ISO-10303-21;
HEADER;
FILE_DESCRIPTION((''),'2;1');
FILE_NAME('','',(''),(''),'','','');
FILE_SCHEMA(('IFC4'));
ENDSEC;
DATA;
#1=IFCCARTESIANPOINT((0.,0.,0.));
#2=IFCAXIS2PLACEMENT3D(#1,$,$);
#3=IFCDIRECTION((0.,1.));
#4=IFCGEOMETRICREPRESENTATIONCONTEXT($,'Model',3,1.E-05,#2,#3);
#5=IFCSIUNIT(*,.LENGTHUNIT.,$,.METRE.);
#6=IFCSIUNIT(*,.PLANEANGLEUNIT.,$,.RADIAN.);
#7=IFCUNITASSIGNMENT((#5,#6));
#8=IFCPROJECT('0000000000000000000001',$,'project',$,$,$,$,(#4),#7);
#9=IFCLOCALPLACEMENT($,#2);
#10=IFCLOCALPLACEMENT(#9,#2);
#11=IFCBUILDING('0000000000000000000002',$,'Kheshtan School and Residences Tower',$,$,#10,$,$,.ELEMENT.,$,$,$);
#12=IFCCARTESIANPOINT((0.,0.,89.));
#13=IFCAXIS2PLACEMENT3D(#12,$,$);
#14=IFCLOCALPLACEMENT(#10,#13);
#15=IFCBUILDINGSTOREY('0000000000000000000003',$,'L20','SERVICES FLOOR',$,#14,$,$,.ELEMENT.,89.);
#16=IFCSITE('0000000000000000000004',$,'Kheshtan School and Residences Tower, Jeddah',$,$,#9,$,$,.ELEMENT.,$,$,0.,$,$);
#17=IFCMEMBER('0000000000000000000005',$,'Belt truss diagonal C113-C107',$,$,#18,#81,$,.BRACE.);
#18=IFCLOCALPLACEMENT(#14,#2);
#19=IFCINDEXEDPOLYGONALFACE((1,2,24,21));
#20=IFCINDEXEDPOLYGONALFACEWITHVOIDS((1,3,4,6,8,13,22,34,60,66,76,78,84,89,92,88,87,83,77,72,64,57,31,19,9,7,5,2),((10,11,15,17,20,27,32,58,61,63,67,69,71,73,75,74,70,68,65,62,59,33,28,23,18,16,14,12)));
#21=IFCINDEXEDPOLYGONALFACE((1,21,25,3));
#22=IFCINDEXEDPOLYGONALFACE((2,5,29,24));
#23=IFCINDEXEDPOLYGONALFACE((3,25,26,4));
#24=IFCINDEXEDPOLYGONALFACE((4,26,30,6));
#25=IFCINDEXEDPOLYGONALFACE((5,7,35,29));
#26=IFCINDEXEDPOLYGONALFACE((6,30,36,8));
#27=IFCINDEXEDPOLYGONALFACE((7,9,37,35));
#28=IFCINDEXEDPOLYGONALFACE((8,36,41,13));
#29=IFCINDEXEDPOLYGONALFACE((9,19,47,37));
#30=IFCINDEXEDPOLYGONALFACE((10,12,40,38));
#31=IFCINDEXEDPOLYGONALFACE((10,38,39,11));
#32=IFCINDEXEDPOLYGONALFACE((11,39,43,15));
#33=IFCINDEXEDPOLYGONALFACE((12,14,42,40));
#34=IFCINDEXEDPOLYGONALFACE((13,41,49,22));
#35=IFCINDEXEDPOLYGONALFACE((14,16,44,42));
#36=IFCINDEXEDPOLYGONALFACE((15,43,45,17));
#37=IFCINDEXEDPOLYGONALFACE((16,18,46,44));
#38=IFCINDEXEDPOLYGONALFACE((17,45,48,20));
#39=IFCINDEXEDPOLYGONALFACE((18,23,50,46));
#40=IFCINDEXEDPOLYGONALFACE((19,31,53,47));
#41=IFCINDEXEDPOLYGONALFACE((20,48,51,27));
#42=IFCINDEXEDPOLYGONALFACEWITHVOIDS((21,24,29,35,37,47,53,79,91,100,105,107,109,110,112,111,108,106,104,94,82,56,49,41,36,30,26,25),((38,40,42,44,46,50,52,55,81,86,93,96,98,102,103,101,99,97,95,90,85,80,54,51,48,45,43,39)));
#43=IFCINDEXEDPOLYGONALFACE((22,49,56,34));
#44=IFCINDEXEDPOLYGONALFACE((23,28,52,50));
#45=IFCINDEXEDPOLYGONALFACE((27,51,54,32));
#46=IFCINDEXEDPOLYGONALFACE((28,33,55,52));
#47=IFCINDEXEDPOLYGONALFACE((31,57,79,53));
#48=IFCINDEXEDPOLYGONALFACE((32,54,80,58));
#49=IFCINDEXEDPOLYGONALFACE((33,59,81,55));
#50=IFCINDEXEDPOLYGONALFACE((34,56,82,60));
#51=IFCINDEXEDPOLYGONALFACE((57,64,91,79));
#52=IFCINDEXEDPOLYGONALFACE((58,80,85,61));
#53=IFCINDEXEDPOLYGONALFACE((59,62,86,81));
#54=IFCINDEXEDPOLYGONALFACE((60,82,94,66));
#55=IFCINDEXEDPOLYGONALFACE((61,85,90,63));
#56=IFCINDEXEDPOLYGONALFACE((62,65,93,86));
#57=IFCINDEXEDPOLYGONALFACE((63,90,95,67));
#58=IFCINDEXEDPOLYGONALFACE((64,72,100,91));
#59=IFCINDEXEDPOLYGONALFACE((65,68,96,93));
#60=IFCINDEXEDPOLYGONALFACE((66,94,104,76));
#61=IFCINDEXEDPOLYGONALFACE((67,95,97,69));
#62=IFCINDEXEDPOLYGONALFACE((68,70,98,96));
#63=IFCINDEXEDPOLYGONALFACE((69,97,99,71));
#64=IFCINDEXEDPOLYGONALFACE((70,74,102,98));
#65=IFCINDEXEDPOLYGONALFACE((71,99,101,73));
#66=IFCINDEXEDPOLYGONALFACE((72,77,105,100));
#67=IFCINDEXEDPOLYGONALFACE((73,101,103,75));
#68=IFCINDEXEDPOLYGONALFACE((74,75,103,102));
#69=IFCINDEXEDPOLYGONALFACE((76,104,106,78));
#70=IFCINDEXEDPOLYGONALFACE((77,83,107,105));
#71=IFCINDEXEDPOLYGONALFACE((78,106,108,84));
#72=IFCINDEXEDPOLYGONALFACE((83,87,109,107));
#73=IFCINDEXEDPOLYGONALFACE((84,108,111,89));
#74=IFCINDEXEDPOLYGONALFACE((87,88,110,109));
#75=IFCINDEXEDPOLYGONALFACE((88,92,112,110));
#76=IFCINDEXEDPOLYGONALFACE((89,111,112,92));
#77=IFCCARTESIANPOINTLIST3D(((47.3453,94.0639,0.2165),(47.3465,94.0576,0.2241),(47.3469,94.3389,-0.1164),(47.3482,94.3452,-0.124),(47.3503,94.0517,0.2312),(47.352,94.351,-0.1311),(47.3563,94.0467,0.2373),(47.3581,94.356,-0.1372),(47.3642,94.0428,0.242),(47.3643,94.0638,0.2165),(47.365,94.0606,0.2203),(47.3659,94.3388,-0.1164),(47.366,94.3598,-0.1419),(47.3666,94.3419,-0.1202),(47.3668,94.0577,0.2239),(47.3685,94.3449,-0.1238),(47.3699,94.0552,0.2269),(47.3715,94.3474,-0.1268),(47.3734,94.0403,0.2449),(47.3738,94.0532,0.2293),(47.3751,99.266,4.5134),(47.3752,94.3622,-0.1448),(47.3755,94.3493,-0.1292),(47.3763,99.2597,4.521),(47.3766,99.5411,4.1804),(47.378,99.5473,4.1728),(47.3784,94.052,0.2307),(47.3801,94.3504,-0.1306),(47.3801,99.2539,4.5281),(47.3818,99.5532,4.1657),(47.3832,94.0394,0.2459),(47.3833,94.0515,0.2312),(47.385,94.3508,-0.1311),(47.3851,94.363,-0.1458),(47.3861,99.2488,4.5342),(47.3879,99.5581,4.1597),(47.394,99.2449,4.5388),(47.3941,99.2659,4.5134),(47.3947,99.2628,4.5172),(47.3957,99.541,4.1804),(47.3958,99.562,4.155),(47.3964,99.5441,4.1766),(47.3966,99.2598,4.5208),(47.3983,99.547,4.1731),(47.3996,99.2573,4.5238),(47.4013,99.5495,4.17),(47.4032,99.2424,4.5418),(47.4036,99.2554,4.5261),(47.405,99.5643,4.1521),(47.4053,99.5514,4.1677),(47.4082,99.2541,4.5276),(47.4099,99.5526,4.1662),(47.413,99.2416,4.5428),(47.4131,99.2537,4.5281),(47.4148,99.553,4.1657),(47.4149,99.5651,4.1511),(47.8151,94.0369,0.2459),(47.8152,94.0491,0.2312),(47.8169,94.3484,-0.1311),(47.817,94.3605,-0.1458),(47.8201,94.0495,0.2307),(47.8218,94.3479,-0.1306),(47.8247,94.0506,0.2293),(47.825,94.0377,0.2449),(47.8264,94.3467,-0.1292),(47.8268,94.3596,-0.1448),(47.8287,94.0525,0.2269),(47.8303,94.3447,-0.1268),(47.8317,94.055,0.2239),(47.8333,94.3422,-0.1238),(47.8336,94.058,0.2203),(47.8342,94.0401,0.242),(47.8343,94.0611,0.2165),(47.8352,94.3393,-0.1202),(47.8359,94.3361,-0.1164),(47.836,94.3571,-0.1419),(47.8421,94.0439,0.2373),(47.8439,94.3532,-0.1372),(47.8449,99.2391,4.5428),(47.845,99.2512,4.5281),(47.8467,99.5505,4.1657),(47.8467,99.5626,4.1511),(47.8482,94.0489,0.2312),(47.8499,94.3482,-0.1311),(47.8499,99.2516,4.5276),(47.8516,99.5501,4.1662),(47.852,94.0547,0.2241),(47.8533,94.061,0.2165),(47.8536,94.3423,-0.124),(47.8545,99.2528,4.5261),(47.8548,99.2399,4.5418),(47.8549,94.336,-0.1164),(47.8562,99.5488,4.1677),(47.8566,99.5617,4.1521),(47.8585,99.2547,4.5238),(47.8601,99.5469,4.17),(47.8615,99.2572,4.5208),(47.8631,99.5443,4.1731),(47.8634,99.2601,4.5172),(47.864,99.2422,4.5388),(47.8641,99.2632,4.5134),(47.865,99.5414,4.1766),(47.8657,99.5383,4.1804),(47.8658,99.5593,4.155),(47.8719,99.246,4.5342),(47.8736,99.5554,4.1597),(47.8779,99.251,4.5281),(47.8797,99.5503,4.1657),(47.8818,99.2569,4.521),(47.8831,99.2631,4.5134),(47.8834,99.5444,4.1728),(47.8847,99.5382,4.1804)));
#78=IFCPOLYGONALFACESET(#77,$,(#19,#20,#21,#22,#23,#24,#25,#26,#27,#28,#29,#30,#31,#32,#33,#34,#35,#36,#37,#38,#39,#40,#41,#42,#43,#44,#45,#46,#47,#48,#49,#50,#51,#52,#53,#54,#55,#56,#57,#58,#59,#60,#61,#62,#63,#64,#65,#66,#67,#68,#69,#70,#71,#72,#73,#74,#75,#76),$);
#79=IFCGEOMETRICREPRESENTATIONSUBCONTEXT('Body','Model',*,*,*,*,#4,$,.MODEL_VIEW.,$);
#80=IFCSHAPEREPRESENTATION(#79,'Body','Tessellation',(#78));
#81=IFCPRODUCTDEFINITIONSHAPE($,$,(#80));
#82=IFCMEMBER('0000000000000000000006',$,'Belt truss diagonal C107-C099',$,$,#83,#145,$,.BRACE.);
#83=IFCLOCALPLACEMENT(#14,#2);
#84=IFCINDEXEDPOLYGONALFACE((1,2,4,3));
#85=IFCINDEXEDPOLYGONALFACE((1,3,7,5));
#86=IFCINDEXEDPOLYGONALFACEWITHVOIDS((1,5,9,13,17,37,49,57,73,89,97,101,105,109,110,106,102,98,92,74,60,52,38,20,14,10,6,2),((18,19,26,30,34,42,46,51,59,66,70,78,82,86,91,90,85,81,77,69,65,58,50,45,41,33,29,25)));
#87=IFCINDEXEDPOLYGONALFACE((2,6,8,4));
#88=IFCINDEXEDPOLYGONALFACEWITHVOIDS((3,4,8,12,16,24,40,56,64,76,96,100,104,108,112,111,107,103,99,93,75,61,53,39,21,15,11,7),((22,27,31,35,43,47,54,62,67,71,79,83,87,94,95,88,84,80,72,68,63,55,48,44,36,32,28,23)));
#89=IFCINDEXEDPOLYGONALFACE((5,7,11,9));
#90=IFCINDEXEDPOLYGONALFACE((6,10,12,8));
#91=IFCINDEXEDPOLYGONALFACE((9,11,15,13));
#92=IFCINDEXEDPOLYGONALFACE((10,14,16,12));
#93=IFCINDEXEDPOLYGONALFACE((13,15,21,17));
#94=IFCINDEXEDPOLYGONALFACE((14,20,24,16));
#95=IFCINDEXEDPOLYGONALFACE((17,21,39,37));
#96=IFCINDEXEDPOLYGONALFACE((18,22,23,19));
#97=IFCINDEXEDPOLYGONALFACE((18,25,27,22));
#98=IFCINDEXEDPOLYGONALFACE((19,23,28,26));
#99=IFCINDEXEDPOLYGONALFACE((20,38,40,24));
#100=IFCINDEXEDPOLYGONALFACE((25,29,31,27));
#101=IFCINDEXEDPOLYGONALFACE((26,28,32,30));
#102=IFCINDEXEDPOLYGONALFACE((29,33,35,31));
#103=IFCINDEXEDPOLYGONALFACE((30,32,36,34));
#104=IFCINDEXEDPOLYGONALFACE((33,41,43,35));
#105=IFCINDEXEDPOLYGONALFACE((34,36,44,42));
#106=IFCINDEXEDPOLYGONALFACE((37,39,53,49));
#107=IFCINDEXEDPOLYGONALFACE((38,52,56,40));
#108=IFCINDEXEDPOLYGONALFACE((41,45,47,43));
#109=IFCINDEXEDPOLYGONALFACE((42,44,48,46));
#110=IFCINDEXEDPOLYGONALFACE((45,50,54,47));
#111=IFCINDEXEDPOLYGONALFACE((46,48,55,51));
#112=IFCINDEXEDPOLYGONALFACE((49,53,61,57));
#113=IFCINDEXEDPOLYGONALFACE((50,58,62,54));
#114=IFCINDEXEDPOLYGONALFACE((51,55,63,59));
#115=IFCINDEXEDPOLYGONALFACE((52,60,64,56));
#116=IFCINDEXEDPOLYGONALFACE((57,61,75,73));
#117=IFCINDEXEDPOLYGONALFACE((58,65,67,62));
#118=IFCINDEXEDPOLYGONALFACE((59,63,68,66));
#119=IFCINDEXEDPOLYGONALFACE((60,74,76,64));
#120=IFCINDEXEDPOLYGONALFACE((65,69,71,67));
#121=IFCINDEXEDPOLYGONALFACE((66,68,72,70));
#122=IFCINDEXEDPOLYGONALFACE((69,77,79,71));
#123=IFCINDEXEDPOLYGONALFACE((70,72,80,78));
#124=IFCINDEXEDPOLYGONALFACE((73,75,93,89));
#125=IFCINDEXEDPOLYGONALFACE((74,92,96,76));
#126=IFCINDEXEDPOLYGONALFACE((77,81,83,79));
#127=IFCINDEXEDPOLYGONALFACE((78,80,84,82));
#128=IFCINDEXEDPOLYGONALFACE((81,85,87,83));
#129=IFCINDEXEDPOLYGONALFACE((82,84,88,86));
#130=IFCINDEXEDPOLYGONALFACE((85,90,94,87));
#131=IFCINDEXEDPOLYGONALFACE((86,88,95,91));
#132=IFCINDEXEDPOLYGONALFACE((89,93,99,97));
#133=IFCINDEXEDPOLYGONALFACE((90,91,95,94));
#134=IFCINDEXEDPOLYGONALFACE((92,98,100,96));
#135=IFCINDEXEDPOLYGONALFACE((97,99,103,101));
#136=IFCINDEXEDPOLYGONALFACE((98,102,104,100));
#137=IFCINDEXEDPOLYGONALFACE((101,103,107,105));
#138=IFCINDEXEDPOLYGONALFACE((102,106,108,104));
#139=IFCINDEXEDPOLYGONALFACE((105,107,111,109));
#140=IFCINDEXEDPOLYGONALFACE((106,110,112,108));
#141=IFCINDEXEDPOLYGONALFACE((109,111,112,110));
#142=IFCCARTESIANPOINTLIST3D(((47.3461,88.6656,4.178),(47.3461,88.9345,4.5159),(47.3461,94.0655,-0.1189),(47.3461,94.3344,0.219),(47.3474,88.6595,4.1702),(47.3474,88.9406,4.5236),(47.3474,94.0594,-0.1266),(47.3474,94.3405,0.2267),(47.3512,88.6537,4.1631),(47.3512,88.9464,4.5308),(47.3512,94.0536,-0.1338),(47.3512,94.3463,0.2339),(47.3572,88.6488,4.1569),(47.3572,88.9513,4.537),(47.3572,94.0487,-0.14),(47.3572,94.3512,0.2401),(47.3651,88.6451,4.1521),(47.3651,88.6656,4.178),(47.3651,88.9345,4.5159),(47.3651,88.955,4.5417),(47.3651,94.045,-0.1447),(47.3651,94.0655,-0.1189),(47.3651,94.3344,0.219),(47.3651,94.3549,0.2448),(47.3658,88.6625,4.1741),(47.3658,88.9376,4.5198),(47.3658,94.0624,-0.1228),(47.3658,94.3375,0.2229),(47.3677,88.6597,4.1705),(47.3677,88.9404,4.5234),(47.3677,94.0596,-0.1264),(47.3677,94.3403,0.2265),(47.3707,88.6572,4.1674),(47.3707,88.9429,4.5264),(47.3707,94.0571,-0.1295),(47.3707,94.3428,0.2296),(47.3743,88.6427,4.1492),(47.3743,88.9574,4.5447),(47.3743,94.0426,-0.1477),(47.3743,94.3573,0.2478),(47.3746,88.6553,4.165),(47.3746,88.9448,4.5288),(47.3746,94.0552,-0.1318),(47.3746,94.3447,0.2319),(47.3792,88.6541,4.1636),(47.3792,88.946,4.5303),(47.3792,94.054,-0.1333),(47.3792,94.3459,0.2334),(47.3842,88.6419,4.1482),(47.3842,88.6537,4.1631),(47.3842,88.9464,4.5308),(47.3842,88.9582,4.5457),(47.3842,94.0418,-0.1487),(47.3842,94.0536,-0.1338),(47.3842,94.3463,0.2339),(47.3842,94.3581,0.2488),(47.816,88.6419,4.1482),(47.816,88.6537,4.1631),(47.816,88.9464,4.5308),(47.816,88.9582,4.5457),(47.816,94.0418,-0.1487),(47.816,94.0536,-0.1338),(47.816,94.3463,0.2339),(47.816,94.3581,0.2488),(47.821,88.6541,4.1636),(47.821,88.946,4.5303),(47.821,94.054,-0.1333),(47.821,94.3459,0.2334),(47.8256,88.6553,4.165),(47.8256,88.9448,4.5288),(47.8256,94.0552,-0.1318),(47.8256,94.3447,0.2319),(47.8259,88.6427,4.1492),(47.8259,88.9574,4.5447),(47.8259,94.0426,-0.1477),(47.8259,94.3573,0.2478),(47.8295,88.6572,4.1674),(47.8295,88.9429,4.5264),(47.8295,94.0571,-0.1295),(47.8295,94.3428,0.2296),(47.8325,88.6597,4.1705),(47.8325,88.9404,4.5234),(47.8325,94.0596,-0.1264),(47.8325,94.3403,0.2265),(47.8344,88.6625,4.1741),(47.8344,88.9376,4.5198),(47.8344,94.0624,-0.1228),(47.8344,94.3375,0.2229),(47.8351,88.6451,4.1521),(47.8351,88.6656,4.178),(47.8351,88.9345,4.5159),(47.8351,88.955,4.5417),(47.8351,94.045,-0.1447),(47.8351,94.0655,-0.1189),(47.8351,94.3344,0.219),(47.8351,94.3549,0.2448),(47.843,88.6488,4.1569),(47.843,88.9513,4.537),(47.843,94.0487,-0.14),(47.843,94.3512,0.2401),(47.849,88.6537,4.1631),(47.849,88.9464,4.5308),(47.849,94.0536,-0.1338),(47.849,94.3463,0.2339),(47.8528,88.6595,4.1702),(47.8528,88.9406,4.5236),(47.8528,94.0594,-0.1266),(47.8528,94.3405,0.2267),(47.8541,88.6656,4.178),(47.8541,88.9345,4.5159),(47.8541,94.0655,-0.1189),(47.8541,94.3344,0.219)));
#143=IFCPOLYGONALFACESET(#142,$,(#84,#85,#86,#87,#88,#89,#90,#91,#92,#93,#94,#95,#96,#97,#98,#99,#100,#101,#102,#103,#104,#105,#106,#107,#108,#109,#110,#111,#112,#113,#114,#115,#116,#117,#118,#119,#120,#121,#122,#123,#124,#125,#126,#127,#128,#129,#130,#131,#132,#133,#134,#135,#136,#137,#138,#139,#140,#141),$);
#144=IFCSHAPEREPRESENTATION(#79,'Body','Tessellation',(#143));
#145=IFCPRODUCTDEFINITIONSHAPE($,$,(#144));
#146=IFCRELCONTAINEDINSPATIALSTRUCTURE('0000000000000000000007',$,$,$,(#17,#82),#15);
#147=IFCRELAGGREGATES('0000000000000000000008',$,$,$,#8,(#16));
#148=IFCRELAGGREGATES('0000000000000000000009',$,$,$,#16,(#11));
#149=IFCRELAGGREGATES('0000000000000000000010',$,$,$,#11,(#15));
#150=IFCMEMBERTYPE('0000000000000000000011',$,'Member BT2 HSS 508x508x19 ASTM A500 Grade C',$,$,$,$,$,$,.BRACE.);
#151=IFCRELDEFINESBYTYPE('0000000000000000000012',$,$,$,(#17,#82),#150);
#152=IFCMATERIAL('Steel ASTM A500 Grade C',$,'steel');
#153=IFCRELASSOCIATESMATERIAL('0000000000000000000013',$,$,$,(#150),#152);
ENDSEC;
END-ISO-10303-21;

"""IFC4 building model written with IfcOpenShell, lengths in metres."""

from ifc_helpers import new_model, si_unit, direction, frame, origin, origin_2d, place, context, subcontext, project, spatial, hollow_rectangle, extrude, material, material_profile, profile_set, type_object, element, save


model = new_model("IFC4")

# Units and contexts
model_context = context("Model", 3, precision=1e-05, world=origin(), true_north=direction((0.0, 1.0)))
body_context = subcontext(model_context, "Body", "Model", "MODEL_VIEW")
ifc_project = project(units=[si_unit("LENGTHUNIT", "METRE"), si_unit("PLANEANGLEUNIT", "RADIAN")], contexts=[model_context])

# Site, building, storey
site_placement = place(None, origin())
site = spatial("IfcSite", under=ifc_project, at=site_placement, Name="Kheshtan School and Residences Tower, Jeddah", CompositionType="ELEMENT", RefElevation=0.0)
building_placement = place(site_placement, origin())
building = spatial("IfcBuilding", under=site, at=building_placement, Name="Kheshtan School and Residences Tower", CompositionType="ELEMENT")
storey_placement = place(building_placement, frame((0.0, 0.0, 89.0)))
storey = spatial("IfcBuildingStorey", under=building, at=storey_placement, Name="L20", Description="SERVICES FLOOR", CompositionType="ELEMENT", Elevation=89.0)

# Members
ifc_material_1 = material(Name="Steel ASTM A500 Grade C", Category="steel")
ifc_material_profile_1 = material_profile(ifc_material_1, hollow_rectangle(XDim=0.5081, YDim=0.5081, WallThickness=0.019, InnerFilletRadius=0.019, OuterFilletRadius=0.0381, at=origin_2d()), Name="HSS 508x508x19")
ifc_profile_set_1 = profile_set([ifc_material_profile_1], Name="Steel ASTM A500 Grade C")
member_type = type_object("IfcMemberType", Name="Member BT2 HSS 508x508x19 ASTM A500 Grade C", PredefinedType="BRACE", material=ifc_profile_set_1)
member_1_placement = place(storey_placement, frame((47.6001, 94.2, 0.05), z_axis=(0.004414, 0.770994, 0.636827), x_axis=(-0.999984, 0.005725, 0.0)))
element("IfcMember", 1, at=member_1_placement, inside=storey, type_object=member_type, Name="Belt truss diagonal C113-C107", PredefinedType="BRACE", context=body_context, shape_type="SweptSolid", body=[
    extrude(hollow_rectangle(XDim=0.5081, YDim=0.5081, WallThickness=0.019, InnerFilletRadius=0.019, OuterFilletRadius=0.0381, at=origin_2d()), origin(), (0.0, 0.0, 1.0), 6.7473),
])
member_2_placement = place(storey_placement, frame((47.6001, 94.2, 0.05), z_axis=(0.0, -0.782495, 0.622657), x_axis=(1.0, 0.0, 0.0)))
element("IfcMember", 2, at=member_2_placement, inside=storey, type_object=member_type, Name="Belt truss diagonal C107-C099", PredefinedType="BRACE", context=body_context, shape_type="SweptSolid", body=[
    extrude(hollow_rectangle(XDim=0.5081, YDim=0.5081, WallThickness=0.019, InnerFilletRadius=0.019, OuterFilletRadius=0.0381, at=origin_2d()), origin(), (0.0, 0.0, 1.0), 6.9009),
])

save(model, "model.ifc")
